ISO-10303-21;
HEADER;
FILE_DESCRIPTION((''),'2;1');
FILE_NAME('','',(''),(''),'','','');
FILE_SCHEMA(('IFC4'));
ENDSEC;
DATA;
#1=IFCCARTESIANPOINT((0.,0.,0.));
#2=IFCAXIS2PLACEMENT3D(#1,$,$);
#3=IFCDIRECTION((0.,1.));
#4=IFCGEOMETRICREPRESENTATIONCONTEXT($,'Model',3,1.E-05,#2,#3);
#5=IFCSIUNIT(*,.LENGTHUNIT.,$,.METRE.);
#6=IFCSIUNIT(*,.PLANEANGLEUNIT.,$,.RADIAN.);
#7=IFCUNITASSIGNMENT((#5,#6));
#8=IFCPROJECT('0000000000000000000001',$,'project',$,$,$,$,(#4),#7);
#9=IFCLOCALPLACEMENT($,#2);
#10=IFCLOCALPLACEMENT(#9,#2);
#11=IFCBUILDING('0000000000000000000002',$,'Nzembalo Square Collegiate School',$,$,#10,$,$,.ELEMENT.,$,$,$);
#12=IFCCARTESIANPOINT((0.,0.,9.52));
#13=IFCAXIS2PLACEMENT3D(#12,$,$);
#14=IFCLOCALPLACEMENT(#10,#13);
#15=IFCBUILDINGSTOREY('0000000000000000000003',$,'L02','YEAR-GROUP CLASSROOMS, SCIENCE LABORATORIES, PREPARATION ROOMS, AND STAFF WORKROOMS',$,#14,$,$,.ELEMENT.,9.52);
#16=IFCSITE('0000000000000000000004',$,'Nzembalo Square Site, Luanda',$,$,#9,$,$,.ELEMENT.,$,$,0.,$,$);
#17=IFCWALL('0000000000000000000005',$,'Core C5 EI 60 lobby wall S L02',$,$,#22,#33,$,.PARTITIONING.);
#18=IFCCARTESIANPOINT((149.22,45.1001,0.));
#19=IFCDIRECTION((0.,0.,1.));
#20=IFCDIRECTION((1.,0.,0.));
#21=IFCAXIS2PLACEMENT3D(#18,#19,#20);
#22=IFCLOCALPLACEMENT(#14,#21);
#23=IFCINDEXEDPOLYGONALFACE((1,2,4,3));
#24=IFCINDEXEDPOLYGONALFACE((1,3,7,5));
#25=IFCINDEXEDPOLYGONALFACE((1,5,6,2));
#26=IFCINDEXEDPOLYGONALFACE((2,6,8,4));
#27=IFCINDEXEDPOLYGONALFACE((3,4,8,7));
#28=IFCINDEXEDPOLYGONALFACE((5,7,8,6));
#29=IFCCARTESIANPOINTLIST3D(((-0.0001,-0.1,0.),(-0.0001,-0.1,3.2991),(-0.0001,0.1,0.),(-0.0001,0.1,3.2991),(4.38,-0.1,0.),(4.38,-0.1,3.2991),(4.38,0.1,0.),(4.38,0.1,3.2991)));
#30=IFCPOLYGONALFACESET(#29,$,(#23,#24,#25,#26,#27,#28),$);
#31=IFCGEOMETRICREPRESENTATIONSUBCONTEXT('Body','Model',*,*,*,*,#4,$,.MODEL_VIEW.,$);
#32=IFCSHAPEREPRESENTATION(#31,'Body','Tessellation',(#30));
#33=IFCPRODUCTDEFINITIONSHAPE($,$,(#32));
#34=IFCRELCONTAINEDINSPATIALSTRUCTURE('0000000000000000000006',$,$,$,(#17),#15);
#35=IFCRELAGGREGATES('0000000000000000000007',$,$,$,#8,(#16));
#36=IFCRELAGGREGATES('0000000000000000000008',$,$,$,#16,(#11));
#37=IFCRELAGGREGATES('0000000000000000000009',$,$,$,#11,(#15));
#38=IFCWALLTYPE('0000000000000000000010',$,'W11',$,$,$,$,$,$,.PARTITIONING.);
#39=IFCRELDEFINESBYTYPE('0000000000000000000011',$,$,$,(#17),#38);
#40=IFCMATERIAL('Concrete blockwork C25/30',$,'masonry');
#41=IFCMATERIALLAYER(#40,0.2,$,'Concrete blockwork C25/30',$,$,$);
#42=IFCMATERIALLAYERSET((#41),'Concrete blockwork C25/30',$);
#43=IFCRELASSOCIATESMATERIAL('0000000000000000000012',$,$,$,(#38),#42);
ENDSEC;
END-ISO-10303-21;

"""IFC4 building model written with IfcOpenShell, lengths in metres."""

from ifc_helpers import new_model, si_unit, direction, frame, frame_2d, origin, place, context, subcontext, project, spatial, rectangle, extrude, material, layer, layer_set, type_object, element, save


model = new_model("IFC4")

# Units and contexts
model_context = context("Model", 3, precision=1e-05, world=origin(), true_north=direction((0.0, 1.0)))
body_context = subcontext(model_context, "Body", "Model", "MODEL_VIEW")
ifc_project = project(units=[si_unit("LENGTHUNIT", "METRE"), si_unit("PLANEANGLEUNIT", "RADIAN")], contexts=[model_context])

# Site, building, storey
site_placement = place(None, origin())
site = spatial("IfcSite", under=ifc_project, at=site_placement, Name="Nzembalo Square Site, Luanda", CompositionType="ELEMENT", RefElevation=0.0)
building_placement = place(site_placement, origin())
building = spatial("IfcBuilding", under=site, at=building_placement, Name="Nzembalo Square Collegiate School", CompositionType="ELEMENT")
storey_placement = place(building_placement, frame((0.0, 0.0, 9.52)))
storey = spatial("IfcBuildingStorey", under=building, at=storey_placement, Name="L02", Description="YEAR-GROUP CLASSROOMS, SCIENCE LABORATORIES, PREPARATION ROOMS, AND STAFF WORKROOMS", CompositionType="ELEMENT", Elevation=9.52)

# Shared definitions
ifc_material_1 = material(Name="Concrete blockwork C25/30", Category="masonry")
ifc_layer_1 = layer(ifc_material_1, 0.2, Name="Concrete blockwork C25/30")
ifc_layer_set_1 = layer_set([ifc_layer_1], Name="Concrete blockwork C25/30")
wall_type_1 = type_object("IfcWallType", Name="W11", PredefinedType="PARTITIONING", material=ifc_layer_set_1)

# Wall
wall_1_placement = place(storey_placement, frame((149.22, 45.1001, 0.0), z_axis=(0.0, 0.0, 1.0), x_axis=(1.0, 0.0, 0.0)))
element("IfcWall", 1, at=wall_1_placement, inside=storey, type_object=wall_type_1, Name="Core C5 EI 60 lobby wall S L02", PredefinedType="PARTITIONING", context=body_context, shape_type="SweptSolid", body=[
    extrude(rectangle(XDim=4.3801, YDim=0.2, at=frame_2d((2.1899, 0.0))), origin(), (0.0, 0.0, 1.0), 3.2991),
])

save(model, "model.ifc")
